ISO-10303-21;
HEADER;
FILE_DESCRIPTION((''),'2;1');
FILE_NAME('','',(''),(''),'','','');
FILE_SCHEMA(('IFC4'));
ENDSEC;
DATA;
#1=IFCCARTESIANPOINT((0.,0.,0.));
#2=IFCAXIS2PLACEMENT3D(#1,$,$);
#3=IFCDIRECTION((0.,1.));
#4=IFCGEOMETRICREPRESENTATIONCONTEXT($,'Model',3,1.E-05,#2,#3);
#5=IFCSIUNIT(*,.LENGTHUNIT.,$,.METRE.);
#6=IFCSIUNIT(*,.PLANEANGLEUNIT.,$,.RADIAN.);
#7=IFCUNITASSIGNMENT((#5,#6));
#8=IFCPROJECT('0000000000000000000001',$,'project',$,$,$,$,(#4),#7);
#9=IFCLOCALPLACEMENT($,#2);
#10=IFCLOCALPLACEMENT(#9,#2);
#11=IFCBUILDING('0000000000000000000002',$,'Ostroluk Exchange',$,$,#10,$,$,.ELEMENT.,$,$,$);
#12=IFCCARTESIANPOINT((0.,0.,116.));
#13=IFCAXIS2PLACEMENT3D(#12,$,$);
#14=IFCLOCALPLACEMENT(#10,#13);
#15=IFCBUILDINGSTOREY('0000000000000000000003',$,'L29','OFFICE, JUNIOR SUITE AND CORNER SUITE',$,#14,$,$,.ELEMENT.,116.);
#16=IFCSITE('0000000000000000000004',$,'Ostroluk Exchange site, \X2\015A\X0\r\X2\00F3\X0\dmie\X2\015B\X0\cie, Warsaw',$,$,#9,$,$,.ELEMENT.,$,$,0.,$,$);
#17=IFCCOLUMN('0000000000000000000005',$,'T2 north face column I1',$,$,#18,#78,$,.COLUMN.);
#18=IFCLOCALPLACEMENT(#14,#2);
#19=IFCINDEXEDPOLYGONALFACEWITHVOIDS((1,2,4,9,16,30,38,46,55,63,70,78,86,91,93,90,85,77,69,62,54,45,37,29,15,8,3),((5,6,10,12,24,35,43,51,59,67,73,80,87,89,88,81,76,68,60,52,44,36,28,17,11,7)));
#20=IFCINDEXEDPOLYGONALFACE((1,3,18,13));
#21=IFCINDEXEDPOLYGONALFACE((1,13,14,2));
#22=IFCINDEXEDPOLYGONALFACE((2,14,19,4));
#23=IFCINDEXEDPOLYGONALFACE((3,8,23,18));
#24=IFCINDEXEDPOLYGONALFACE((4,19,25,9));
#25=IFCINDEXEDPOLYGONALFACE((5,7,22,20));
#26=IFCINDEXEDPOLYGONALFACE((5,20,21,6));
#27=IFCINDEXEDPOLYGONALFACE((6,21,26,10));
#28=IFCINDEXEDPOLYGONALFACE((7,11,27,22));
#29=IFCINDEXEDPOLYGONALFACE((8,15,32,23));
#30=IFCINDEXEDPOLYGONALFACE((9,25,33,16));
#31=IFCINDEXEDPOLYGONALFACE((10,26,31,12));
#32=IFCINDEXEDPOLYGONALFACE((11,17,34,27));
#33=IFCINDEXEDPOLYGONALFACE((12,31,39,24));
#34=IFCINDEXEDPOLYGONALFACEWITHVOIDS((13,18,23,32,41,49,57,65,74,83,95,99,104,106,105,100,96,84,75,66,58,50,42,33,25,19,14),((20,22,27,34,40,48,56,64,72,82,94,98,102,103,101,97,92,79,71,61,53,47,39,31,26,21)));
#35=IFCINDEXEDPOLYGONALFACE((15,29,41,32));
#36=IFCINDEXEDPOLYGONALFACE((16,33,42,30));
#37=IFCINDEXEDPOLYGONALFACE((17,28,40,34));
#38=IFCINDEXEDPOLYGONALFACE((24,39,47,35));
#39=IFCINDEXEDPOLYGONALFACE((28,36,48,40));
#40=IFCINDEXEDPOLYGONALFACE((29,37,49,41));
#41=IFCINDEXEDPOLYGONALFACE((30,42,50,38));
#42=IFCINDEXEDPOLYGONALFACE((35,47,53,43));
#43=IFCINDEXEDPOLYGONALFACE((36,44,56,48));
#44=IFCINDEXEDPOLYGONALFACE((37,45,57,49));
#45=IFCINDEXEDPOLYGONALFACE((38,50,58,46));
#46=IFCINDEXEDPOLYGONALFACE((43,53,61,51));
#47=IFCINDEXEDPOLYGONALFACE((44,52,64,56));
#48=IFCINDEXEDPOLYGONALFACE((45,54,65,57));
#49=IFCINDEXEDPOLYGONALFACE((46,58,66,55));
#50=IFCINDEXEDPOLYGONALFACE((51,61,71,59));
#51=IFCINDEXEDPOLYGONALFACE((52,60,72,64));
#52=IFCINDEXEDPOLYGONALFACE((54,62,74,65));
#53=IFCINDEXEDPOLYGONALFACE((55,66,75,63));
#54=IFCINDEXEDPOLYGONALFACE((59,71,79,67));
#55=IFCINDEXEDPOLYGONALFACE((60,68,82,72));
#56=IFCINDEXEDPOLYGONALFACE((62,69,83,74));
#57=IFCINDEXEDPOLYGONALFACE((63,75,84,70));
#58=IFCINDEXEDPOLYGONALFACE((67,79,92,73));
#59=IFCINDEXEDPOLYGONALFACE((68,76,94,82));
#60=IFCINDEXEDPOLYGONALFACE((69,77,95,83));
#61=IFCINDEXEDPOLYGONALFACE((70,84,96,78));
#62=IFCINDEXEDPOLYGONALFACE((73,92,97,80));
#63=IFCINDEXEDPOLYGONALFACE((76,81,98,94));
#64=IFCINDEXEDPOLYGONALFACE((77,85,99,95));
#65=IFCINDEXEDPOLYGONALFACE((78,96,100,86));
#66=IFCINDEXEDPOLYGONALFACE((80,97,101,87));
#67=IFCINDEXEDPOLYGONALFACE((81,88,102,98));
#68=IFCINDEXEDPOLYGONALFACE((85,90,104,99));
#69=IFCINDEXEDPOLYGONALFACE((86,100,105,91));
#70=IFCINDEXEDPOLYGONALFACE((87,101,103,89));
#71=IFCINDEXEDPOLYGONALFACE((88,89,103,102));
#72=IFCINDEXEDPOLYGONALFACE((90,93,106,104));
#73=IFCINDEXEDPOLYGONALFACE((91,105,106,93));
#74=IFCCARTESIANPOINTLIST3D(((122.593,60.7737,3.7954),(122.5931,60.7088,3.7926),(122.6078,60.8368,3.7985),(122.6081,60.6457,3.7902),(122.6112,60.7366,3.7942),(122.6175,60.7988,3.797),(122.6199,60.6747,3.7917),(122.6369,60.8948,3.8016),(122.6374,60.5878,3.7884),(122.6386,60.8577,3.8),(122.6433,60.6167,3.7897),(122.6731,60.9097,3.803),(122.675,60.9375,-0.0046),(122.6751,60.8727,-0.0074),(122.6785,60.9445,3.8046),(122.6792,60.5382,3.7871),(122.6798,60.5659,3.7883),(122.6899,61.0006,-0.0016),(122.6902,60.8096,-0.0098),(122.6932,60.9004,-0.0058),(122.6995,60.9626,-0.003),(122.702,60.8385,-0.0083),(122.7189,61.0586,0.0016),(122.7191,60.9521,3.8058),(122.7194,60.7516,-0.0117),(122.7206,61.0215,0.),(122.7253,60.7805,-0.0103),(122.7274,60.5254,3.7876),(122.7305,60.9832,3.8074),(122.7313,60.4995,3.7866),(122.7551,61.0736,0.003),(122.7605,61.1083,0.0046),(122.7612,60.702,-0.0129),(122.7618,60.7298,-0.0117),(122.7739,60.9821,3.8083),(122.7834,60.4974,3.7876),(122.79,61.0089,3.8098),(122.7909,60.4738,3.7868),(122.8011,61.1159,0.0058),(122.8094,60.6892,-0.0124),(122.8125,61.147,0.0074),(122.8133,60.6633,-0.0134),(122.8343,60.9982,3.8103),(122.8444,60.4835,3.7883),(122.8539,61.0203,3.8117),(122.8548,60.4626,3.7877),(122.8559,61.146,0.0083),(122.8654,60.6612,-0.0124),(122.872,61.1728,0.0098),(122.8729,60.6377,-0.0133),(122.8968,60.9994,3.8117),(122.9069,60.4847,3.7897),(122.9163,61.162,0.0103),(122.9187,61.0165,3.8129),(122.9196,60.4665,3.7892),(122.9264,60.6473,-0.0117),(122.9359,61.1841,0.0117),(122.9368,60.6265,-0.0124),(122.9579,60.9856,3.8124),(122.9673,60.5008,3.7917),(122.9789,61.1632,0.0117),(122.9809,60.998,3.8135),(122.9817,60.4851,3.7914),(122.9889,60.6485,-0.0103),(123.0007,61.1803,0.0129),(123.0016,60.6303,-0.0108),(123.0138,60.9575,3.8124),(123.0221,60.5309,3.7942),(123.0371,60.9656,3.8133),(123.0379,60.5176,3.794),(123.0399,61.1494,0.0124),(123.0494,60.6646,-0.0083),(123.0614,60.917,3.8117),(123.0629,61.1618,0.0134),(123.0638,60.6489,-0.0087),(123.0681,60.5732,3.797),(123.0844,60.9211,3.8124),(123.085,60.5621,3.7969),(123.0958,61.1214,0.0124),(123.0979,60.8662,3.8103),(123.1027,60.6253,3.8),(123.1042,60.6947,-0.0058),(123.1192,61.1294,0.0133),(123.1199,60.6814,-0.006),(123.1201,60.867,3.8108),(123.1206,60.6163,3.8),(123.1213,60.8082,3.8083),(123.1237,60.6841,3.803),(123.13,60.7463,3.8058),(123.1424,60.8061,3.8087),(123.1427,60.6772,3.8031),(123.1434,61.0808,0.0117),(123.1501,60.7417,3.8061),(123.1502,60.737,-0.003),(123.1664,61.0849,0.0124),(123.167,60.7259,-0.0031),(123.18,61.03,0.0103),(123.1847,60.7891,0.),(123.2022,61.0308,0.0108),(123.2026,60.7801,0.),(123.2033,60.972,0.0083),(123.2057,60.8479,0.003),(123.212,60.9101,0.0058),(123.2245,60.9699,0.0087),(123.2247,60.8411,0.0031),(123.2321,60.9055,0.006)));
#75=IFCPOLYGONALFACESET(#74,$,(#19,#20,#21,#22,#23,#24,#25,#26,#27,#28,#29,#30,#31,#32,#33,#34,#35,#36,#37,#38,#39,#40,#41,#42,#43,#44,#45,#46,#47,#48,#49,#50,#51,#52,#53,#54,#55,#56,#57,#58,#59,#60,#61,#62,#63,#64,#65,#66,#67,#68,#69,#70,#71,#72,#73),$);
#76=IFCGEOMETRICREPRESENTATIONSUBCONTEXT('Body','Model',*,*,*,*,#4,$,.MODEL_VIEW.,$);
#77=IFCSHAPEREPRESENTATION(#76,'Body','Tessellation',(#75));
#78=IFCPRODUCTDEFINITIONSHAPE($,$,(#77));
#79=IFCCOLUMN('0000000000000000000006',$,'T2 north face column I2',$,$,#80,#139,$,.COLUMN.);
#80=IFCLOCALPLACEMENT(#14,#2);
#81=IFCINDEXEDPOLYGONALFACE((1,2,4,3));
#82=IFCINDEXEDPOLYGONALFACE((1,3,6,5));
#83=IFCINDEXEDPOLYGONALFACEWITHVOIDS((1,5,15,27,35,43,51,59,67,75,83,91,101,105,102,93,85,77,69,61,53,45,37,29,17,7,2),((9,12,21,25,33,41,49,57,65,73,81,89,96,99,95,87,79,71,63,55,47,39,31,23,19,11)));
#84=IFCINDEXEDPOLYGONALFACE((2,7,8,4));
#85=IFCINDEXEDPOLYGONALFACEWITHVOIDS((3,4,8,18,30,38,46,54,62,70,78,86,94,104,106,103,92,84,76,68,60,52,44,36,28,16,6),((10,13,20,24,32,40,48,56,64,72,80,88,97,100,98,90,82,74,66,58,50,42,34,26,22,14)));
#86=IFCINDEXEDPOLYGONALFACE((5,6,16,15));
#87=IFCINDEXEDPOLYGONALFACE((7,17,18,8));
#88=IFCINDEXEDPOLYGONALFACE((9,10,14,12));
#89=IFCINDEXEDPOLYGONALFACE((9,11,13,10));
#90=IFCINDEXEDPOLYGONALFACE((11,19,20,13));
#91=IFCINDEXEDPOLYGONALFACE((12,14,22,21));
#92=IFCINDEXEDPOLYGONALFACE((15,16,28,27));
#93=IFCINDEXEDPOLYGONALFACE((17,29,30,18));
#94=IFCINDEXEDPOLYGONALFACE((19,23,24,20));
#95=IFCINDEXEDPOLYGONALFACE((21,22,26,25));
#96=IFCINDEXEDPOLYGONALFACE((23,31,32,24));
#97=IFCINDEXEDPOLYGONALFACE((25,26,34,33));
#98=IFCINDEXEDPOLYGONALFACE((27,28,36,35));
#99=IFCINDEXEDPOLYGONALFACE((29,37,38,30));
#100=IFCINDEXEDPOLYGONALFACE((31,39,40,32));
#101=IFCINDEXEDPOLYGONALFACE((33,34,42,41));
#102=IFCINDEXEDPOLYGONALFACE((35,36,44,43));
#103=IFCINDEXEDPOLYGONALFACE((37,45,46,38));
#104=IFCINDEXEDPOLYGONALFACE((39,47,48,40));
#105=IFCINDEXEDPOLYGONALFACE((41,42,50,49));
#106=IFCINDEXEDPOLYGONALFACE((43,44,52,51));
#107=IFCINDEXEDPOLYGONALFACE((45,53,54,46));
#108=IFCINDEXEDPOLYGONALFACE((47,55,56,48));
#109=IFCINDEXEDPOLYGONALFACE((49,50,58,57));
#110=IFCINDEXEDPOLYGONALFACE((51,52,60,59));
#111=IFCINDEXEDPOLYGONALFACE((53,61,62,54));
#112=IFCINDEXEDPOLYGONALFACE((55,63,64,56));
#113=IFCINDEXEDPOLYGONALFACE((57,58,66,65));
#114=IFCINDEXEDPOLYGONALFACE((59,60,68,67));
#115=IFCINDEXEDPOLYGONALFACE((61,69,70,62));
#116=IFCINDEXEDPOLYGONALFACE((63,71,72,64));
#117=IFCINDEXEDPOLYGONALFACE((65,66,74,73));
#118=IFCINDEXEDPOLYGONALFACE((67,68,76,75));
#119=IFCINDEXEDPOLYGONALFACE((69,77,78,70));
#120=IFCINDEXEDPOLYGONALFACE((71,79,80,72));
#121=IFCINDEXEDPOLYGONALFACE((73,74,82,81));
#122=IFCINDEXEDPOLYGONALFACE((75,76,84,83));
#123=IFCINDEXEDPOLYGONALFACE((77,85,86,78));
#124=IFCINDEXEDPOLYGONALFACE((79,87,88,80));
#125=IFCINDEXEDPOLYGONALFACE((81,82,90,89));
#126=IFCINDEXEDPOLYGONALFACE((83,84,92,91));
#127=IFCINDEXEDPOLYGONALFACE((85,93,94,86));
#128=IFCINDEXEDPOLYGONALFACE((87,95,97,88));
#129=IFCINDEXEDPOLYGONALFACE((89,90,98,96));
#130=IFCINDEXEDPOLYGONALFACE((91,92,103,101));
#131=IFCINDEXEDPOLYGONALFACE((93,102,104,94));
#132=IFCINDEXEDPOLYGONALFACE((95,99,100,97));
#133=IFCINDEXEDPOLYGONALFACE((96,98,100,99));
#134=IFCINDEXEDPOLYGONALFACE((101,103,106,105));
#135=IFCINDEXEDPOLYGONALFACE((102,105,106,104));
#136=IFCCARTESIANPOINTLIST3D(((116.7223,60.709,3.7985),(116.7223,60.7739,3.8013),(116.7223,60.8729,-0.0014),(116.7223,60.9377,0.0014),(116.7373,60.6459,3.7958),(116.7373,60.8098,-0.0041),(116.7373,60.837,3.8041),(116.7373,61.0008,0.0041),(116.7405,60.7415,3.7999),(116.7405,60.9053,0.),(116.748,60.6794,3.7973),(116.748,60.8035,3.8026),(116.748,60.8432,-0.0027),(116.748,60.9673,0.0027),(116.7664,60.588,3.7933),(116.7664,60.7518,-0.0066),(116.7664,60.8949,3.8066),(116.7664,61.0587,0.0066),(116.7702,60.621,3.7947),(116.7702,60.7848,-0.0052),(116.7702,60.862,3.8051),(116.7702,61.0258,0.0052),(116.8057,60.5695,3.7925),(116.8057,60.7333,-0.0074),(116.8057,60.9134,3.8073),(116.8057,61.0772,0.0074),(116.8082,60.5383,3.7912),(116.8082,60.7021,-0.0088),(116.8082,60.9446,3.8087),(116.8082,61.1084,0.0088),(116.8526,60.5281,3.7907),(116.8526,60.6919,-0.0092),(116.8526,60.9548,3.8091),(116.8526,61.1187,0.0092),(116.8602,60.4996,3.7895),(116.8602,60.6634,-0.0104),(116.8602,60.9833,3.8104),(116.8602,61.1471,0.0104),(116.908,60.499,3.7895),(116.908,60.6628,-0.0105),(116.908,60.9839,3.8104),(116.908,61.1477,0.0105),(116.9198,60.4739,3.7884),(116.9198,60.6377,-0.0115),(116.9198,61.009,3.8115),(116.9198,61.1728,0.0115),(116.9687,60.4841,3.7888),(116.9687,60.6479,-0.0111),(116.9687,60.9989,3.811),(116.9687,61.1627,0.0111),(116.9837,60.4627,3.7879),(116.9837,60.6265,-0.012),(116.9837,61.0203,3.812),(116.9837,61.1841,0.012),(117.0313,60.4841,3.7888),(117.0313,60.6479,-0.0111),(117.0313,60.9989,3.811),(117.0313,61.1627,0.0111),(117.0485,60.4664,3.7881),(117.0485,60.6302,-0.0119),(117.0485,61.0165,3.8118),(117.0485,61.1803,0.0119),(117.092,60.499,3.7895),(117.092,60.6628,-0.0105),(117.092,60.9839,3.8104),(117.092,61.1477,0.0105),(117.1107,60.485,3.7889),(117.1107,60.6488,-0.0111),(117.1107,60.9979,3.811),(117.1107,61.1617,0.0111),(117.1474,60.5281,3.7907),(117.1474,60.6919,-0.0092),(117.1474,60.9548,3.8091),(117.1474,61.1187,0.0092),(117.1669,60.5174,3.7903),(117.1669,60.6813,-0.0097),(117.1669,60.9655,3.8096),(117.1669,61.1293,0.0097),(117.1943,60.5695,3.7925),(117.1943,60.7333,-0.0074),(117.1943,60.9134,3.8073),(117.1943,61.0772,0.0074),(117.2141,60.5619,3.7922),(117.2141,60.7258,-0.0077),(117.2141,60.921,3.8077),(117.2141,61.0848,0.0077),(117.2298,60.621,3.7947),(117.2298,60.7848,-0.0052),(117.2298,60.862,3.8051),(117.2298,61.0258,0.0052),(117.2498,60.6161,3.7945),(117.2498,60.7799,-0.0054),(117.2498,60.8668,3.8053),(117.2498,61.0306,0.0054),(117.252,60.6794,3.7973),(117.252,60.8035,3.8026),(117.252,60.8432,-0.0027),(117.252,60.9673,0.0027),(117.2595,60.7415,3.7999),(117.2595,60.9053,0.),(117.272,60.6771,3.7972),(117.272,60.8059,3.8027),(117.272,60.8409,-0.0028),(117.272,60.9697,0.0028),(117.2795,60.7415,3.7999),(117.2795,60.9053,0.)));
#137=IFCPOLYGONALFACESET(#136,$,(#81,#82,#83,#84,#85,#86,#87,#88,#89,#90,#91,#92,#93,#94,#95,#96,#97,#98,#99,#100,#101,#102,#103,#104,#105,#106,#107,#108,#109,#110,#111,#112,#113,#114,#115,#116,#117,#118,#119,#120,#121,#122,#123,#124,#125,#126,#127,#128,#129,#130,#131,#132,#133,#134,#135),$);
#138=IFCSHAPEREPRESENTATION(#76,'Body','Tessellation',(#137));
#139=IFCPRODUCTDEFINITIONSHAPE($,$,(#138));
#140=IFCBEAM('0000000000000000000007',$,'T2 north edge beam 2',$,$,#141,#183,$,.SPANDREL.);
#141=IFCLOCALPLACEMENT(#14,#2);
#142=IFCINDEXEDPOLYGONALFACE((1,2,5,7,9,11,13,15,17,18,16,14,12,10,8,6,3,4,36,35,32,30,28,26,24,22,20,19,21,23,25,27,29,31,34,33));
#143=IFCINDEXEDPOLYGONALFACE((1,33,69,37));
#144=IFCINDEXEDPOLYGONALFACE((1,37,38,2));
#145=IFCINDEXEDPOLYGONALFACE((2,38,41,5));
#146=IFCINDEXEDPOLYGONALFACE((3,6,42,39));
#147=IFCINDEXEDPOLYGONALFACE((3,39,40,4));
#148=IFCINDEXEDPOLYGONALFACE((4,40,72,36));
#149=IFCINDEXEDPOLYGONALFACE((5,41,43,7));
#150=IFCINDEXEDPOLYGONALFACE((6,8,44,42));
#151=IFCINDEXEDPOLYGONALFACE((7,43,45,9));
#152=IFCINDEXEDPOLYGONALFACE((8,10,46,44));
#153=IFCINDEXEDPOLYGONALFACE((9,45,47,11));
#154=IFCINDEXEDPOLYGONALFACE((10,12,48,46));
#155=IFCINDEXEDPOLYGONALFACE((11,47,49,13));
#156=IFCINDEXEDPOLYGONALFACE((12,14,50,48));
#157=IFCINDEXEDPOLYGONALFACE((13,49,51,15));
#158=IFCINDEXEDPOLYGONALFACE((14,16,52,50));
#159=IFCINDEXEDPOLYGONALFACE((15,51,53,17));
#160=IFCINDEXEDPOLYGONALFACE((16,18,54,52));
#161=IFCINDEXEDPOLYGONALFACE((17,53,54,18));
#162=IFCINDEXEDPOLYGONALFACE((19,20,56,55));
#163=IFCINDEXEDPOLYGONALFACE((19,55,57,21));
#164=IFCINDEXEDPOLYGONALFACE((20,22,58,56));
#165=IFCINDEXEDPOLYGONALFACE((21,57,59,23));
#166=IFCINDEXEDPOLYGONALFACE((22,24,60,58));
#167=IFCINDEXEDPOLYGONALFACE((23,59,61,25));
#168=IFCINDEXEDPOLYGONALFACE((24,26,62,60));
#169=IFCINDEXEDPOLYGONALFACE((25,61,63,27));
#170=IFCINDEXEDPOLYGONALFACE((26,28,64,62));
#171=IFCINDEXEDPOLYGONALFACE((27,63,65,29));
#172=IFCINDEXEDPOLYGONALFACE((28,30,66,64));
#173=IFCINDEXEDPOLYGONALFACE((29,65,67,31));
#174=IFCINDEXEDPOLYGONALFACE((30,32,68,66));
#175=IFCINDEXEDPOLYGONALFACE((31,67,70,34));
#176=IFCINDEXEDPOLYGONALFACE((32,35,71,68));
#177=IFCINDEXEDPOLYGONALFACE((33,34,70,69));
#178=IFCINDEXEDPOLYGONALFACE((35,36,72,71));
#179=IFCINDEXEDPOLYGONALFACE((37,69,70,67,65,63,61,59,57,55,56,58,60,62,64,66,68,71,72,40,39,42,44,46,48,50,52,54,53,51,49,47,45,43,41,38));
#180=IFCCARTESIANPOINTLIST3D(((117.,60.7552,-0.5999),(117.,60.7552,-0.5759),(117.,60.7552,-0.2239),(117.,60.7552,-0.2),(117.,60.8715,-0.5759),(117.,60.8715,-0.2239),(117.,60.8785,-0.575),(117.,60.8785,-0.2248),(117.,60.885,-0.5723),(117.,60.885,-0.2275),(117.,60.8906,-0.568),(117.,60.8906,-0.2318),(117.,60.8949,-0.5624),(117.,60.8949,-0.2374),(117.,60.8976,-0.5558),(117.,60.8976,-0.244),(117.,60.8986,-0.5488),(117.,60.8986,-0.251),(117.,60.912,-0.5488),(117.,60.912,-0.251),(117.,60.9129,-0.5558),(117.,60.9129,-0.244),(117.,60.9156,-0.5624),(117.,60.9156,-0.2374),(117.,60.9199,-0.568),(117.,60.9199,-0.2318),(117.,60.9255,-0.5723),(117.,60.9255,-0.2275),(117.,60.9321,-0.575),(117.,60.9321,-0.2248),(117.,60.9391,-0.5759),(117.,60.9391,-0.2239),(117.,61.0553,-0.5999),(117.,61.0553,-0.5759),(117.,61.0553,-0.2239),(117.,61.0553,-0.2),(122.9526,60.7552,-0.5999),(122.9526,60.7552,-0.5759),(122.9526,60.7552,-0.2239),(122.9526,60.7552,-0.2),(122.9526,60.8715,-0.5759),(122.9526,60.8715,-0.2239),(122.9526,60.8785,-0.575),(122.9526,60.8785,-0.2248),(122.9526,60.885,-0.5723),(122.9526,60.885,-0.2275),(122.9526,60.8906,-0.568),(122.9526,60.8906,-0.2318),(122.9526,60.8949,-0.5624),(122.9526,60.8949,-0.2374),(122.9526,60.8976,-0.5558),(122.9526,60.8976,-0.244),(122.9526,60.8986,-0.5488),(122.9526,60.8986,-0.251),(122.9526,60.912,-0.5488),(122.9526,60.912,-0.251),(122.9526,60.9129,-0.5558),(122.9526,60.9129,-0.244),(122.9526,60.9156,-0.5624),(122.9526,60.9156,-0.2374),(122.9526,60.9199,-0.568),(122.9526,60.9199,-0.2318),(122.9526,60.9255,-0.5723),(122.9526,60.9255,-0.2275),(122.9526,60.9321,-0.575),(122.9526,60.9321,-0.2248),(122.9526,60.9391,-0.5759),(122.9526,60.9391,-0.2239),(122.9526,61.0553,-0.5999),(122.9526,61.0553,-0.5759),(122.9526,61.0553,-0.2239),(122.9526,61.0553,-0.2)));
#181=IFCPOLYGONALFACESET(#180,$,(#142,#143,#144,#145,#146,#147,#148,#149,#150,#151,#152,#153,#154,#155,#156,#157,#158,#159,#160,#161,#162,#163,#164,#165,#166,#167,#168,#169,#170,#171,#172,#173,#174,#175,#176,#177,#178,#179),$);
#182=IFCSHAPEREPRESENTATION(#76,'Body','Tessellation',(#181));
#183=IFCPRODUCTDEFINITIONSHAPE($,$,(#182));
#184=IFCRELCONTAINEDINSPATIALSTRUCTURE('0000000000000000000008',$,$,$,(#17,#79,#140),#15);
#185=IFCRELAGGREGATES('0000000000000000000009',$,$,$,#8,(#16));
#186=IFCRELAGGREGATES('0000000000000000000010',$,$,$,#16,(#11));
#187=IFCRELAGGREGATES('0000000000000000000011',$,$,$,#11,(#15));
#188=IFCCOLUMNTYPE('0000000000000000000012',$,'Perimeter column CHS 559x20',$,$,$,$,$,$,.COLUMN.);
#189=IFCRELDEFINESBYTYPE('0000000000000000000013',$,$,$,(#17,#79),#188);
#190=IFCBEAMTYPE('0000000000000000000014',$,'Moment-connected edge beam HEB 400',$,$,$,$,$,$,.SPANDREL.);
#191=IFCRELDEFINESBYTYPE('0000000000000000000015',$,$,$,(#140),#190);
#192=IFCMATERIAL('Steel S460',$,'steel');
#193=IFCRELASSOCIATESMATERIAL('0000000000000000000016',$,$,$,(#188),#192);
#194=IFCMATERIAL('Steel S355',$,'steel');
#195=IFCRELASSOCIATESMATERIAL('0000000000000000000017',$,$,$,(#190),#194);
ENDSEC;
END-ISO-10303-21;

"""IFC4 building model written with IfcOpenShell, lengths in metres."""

from ifc_helpers import new_model, si_unit, direction, frame, origin, origin_2d, place, context, subcontext, project, spatial, hollow_circle, i_section, extrude, material, material_profile, profile_set, type_object, element, save


model = new_model("IFC4")

# Units and contexts
model_context = context("Model", 3, precision=1e-05, world=origin(), true_north=direction((0.0, 1.0)))
body_context = subcontext(model_context, "Body", "Model", "MODEL_VIEW")
ifc_project = project(units=[si_unit("LENGTHUNIT", "METRE"), si_unit("PLANEANGLEUNIT", "RADIAN")], contexts=[model_context])

# Site, building, storey
site_placement = place(None, origin())
site = spatial("IfcSite", under=ifc_project, at=site_placement, Name="Ostroluk Exchange site, Śródmieście, Warsaw", CompositionType="ELEMENT", RefElevation=0.0)
building_placement = place(site_placement, origin())
building = spatial("IfcBuilding", under=site, at=building_placement, Name="Ostroluk Exchange", CompositionType="ELEMENT")
storey_placement = place(building_placement, frame((0.0, 0.0, 116.0)))
storey = spatial("IfcBuildingStorey", under=building, at=storey_placement, Name="L29", Description="OFFICE, JUNIOR SUITE AND CORNER SUITE", CompositionType="ELEMENT", Elevation=116.0)

# Columns
ifc_material_1 = material(Name="Steel S460", Category="steel")
ifc_material_profile_1 = material_profile(ifc_material_1, hollow_circle(Radius=0.2795, WallThickness=0.02, at=origin_2d()), Name="CHS 559x20")
ifc_profile_set_1 = profile_set([ifc_material_profile_1], Name="Steel S460")
column_type = type_object("IfcColumnType", Name="Perimeter column CHS 559x20", PredefinedType="COLUMN", material=ifc_profile_set_1)
column_1_placement = place(storey_placement, frame((122.9526, 60.9053, 0.0), z_axis=(-0.021562, -0.04306, 0.99884), x_axis=(0.894161, -0.447747, 0.0)))
element("IfcColumn", 1, at=column_1_placement, inside=storey, type_object=column_type, Name="T2 north face column I1", PredefinedType="COLUMN", context=body_context, shape_type="SweptSolid", body=[
    extrude(hollow_circle(Radius=0.2795, WallThickness=0.02, at=origin_2d()), origin(), (0.0, 0.0, 1.0), 3.8044),
])
column_2_placement = place(storey_placement, frame((117.0, 60.9053, 0.0), z_axis=(0.0, -0.04307, 0.999072), x_axis=(1.0, 0.0, 0.0)))
element("IfcColumn", 2, at=column_2_placement, inside=storey, type_object=column_type, Name="T2 north face column I2", PredefinedType="COLUMN", context=body_context, shape_type="SweptSolid", body=[
    extrude(hollow_circle(Radius=0.2795, WallThickness=0.02, at=origin_2d()), origin(), (0.0, 0.0, 1.0), 3.8035),
])

# Beam
ifc_material_2 = material(Name="Steel S355", Category="steel")
ifc_material_profile_2 = material_profile(ifc_material_2, i_section(OverallWidth=0.3, OverallDepth=0.3999, WebThickness=0.0134, FlangeThickness=0.0239, FilletRadius=0.0271, at=origin_2d()), Name="HEB 400")
ifc_profile_set_2 = profile_set([ifc_material_profile_2], Name="Steel S355")
beam_type = type_object("IfcBeamType", Name="Moment-connected edge beam HEB 400", PredefinedType="SPANDREL", material=ifc_profile_set_2)
for number, where, z_axis, x_axis, name in (
    (3, (122.9526, 60.9053, -0.3999), (-1.0, 0.0, 0.0), (0.0, -1.0, 0.0), "T2 north edge beam 2"),
):
    element("IfcBeam", number, at=place(storey_placement, frame(where, z_axis=z_axis, x_axis=x_axis)), inside=storey, type_object=beam_type, Name=name, PredefinedType="SPANDREL", context=body_context, shape_type="SweptSolid", body=[
        extrude(i_section(OverallWidth=0.3, OverallDepth=0.3999, WebThickness=0.0134, FlangeThickness=0.0239, FilletRadius=0.0271, at=origin_2d()), origin(), (0.0, 0.0, 1.0), 5.9526),
    ])

save(model, "model.ifc")
